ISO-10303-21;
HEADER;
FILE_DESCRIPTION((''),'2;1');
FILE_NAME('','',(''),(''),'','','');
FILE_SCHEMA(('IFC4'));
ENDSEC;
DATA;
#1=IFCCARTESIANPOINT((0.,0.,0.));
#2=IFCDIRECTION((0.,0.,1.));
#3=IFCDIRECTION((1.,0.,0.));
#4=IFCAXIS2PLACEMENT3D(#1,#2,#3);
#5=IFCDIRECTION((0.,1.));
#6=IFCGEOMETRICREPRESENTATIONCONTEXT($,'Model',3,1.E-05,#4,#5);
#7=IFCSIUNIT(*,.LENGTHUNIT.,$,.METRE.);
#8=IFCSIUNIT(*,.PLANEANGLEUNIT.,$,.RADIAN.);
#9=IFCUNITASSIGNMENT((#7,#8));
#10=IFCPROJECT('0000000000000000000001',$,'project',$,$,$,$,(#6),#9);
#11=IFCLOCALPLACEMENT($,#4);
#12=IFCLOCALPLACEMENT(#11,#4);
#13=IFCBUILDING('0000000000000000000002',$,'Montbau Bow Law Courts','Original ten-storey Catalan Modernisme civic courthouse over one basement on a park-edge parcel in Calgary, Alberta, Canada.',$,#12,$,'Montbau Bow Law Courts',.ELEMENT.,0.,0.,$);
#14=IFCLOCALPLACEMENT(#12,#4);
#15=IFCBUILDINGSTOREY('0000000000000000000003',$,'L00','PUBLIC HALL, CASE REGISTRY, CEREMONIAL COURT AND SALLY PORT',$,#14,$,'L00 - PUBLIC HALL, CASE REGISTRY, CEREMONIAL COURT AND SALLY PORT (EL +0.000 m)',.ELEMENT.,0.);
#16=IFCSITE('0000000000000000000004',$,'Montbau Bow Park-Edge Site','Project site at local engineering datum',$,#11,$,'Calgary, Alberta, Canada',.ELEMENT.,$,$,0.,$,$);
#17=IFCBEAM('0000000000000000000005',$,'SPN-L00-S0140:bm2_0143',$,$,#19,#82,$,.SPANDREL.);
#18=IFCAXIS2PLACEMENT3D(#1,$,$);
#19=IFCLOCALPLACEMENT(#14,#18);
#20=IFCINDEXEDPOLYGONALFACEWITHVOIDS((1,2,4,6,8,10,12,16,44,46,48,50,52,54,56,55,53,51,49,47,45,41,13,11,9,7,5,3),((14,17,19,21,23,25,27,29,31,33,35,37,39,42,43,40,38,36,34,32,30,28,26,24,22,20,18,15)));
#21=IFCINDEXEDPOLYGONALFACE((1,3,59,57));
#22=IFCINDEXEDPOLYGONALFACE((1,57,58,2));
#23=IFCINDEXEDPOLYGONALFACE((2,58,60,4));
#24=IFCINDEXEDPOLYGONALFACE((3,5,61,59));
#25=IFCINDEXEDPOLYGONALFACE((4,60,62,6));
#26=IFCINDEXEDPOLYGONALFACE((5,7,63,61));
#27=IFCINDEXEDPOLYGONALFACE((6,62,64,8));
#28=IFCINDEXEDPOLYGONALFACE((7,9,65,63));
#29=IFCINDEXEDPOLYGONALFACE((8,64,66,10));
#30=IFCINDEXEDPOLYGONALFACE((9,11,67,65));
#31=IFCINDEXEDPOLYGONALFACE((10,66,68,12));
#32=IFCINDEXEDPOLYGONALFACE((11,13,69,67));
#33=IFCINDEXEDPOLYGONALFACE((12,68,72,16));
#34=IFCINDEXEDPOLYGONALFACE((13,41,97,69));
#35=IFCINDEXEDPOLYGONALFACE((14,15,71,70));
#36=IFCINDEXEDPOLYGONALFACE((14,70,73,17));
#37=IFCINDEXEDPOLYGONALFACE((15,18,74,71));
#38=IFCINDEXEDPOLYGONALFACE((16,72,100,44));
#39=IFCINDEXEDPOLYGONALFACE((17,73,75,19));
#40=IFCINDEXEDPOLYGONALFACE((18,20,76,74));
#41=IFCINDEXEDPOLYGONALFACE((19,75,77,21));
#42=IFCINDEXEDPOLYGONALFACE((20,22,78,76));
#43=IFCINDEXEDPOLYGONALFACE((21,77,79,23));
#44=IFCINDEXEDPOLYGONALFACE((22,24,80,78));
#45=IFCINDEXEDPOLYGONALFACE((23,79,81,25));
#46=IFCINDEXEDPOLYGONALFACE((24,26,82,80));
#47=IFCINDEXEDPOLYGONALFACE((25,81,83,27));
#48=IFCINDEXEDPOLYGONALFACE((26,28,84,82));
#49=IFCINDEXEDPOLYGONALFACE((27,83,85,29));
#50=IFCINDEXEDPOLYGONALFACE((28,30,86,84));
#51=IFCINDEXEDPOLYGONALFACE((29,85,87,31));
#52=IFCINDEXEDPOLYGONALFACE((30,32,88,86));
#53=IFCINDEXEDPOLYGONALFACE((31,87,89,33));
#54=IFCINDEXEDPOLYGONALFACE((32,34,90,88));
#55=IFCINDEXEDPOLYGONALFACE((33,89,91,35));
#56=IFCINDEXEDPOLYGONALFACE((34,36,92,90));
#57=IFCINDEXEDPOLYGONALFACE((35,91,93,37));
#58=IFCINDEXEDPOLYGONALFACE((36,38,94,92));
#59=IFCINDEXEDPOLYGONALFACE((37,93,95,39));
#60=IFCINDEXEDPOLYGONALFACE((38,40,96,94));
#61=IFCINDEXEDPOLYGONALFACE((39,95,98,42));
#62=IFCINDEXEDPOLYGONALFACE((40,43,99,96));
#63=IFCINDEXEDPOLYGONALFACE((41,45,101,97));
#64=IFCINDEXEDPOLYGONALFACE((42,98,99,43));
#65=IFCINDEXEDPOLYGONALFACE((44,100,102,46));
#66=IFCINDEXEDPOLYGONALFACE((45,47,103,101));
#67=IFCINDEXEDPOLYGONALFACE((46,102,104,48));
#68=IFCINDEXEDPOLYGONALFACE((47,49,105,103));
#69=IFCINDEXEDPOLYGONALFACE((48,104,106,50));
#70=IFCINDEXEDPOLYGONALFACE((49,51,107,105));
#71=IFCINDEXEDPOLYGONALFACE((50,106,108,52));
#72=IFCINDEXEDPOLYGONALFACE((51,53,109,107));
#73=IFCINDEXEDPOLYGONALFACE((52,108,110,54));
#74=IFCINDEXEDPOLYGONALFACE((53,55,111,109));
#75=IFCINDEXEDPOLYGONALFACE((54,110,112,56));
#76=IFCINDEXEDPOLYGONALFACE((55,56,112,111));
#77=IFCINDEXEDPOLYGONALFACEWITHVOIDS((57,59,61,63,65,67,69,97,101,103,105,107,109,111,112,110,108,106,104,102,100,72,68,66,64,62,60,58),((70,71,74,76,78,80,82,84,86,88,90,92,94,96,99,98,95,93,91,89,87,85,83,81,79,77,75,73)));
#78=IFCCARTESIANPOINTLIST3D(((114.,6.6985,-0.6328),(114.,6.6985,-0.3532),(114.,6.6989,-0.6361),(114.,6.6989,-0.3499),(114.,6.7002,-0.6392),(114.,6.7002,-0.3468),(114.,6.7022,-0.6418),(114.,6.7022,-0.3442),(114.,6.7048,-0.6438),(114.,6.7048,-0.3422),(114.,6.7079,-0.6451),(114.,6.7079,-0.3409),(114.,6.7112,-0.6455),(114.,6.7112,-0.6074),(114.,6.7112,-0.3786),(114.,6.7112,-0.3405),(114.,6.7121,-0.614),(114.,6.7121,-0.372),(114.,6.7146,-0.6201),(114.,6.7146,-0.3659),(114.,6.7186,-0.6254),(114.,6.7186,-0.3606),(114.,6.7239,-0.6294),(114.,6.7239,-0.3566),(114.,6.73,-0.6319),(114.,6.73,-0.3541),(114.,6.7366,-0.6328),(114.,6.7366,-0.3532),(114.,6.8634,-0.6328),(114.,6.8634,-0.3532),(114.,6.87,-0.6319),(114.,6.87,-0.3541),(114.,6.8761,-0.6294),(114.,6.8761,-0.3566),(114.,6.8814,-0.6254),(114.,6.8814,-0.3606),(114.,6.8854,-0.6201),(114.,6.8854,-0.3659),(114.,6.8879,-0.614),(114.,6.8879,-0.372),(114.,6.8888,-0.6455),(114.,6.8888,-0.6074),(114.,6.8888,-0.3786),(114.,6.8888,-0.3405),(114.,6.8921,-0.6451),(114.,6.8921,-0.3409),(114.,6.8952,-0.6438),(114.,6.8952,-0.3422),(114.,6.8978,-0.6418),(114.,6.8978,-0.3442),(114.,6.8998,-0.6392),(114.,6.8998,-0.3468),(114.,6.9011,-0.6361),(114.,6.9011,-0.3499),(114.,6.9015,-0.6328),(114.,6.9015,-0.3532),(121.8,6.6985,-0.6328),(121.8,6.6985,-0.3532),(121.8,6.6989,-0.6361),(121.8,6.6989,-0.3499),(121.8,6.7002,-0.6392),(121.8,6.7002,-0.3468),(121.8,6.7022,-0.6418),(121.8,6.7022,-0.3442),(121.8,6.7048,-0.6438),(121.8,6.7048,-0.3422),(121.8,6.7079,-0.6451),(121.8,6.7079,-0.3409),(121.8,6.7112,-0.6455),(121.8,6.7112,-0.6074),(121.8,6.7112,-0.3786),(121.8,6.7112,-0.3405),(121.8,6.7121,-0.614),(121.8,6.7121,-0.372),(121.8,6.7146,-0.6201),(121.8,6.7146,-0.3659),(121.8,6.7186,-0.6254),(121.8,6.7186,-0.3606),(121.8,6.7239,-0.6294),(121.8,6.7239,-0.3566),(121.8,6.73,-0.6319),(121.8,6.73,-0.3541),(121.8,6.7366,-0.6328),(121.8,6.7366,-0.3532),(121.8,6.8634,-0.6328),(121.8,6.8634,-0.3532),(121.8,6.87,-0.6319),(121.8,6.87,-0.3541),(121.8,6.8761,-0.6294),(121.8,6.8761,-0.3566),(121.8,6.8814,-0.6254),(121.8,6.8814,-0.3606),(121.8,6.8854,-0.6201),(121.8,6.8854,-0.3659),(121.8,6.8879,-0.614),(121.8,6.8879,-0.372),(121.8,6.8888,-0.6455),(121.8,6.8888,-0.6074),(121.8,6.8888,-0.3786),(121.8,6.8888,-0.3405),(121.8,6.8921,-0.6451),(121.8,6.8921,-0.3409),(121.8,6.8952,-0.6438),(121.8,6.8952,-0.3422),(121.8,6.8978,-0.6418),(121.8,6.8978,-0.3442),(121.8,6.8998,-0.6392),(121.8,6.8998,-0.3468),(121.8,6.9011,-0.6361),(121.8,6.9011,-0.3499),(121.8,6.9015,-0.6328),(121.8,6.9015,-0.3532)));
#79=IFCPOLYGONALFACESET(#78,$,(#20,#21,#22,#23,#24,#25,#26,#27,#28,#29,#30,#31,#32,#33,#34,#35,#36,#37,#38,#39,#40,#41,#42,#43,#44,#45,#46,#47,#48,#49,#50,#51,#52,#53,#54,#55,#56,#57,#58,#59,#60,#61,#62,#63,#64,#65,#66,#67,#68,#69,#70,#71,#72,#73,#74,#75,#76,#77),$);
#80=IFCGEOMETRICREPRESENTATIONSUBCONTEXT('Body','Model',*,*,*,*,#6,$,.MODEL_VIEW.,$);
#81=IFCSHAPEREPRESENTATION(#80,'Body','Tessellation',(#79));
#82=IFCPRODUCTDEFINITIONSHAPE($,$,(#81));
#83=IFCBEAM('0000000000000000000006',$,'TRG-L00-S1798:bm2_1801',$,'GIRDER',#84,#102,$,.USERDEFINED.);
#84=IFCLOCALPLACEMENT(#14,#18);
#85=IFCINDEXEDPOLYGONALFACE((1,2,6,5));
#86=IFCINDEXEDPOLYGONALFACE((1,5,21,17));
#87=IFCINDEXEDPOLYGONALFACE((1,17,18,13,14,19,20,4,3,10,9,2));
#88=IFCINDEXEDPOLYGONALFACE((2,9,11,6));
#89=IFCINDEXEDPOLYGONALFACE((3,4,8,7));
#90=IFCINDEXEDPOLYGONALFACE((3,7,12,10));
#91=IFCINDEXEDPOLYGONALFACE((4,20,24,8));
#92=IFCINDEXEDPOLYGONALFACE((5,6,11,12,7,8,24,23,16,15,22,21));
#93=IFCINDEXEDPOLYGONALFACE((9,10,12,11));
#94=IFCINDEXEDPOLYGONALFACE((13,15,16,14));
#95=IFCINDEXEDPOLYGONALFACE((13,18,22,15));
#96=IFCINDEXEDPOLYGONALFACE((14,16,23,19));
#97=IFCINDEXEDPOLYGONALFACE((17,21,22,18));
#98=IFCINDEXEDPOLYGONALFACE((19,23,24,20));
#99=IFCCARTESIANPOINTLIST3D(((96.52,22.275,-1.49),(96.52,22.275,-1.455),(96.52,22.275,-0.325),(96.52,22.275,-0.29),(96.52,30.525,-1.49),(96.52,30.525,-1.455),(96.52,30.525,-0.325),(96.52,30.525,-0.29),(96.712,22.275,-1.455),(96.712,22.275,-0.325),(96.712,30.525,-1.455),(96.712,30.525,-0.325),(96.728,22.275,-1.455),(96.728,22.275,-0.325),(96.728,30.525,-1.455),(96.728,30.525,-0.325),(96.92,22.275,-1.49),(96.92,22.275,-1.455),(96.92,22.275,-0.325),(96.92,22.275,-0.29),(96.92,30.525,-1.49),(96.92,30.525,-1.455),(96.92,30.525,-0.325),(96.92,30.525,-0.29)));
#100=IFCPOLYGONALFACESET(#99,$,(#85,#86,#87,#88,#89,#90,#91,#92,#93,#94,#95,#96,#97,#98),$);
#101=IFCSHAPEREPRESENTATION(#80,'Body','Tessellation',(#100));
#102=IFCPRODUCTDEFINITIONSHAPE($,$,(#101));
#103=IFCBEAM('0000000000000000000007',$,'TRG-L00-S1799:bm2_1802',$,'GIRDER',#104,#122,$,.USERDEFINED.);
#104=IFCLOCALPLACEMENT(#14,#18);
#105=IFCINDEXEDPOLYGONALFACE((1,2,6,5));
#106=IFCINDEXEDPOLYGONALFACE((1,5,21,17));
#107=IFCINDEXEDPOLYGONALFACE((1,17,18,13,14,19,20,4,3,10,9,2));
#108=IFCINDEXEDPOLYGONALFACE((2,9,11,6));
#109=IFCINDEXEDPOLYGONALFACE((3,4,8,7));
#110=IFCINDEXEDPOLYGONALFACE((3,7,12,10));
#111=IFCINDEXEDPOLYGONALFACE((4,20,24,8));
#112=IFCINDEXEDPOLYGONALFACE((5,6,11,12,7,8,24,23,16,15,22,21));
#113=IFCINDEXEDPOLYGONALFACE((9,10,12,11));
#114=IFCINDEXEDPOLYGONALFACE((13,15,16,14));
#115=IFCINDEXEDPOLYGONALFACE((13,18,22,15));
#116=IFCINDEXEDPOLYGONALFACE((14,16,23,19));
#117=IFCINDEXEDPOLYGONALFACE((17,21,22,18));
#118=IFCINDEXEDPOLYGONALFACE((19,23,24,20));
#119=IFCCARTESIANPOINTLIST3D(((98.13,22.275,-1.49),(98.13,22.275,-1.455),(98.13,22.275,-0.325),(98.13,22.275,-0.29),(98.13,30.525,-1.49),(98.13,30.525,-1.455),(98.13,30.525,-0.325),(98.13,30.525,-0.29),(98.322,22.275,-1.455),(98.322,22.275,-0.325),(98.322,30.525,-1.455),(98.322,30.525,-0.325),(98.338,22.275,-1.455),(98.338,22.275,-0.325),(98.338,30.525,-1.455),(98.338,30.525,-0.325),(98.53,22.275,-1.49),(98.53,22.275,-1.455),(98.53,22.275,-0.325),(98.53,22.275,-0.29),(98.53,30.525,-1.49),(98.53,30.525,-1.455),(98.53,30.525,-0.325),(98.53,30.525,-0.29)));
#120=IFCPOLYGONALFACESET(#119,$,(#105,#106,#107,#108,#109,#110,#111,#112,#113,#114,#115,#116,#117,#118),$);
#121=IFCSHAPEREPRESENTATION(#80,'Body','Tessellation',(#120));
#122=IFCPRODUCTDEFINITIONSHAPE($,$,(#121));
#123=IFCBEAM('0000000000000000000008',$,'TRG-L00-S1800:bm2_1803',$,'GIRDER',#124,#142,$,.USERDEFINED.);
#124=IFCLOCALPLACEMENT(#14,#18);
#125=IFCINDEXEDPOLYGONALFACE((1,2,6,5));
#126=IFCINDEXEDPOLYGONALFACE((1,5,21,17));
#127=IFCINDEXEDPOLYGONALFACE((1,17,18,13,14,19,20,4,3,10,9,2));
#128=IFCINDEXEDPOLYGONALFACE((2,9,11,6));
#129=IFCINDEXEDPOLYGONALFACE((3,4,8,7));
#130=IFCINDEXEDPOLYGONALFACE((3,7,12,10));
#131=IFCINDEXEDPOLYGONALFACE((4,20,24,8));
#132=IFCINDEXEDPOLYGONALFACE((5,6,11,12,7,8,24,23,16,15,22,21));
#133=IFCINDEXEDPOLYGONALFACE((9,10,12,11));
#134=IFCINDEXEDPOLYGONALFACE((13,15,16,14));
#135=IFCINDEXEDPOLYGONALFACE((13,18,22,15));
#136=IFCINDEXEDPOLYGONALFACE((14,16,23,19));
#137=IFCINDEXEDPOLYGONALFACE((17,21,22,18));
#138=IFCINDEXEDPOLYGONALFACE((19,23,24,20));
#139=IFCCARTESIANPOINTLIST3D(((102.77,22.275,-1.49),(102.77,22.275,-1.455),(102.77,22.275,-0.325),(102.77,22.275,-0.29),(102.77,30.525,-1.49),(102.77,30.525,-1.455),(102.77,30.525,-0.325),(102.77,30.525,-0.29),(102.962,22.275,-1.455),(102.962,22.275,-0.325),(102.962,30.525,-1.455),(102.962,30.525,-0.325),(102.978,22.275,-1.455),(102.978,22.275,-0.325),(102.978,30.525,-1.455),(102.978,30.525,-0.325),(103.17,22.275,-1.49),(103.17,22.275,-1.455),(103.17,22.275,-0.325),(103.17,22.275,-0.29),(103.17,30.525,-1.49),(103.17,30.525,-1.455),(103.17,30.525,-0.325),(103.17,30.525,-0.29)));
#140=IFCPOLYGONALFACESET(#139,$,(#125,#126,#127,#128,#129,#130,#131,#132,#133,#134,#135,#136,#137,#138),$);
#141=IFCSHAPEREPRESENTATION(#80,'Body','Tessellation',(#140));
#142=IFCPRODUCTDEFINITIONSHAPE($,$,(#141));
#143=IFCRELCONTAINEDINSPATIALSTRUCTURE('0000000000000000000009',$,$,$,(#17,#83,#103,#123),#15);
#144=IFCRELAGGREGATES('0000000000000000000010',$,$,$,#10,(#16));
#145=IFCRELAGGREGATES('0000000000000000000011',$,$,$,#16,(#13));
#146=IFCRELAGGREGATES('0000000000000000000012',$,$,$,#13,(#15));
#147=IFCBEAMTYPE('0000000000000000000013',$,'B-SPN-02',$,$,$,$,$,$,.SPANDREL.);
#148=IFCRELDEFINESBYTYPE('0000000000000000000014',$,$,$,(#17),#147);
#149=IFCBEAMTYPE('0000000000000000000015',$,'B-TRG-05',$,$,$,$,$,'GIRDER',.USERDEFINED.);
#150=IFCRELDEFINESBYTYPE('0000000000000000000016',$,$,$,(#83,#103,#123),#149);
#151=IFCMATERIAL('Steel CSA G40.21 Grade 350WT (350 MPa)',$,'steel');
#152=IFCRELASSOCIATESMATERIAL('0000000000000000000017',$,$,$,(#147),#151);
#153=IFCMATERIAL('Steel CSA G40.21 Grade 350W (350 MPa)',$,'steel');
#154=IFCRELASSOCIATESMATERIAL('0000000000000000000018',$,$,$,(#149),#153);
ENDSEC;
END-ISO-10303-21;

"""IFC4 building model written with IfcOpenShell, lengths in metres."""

from ifc_helpers import new_model, si_unit, direction, frame, origin_with_axes, origin_2d_with_axis, place, context, subcontext, project, spatial, hollow_rectangle, i_section, extrude, material, material_profile, profile_set, type_object, element, save


model = new_model("IFC4")

# Units and contexts
model_context = context("Model", 3, precision=1e-05, world=origin_with_axes(), true_north=direction((0.0, 1.0)))
body_context = subcontext(model_context, "Body", "Model", "MODEL_VIEW")
ifc_project = project(units=[si_unit("LENGTHUNIT", "METRE"), si_unit("PLANEANGLEUNIT", "RADIAN")], contexts=[model_context])

# Site, building, storey
site_placement = place(None, origin_with_axes())
site = spatial("IfcSite", under=ifc_project, at=site_placement, Name="Montbau Bow Park-Edge Site", Description="Project site at local engineering datum", LongName="Calgary, Alberta, Canada", CompositionType="ELEMENT", RefElevation=0.0)
building_placement = place(site_placement, origin_with_axes())
building = spatial("IfcBuilding", under=site, at=building_placement, Name="Montbau Bow Law Courts", Description="Original ten-storey Catalan Modernisme civic courthouse over one basement on a park-edge parcel in Calgary, Alberta, Canada.", LongName="Montbau Bow Law Courts", CompositionType="ELEMENT", ElevationOfRefHeight=0.0, ElevationOfTerrain=0.0)
storey_placement = place(building_placement, origin_with_axes())
storey = spatial("IfcBuildingStorey", under=building, at=storey_placement, Name="L00", Description="PUBLIC HALL, CASE REGISTRY, CEREMONIAL COURT AND SALLY PORT", LongName="L00 - PUBLIC HALL, CASE REGISTRY, CEREMONIAL COURT AND SALLY PORT (EL +0.000 m)", CompositionType="ELEMENT", Elevation=0.0)

# Beams
ifc_material_1 = material(Name="Steel CSA G40.21 Grade 350W (350 MPa)", Category="steel")
ifc_material_2 = material(Name="Steel CSA G40.21 Grade 350WT (350 MPa)", Category="steel")
ifc_material_profile_1 = material_profile(ifc_material_2, hollow_rectangle(XDim=0.203, YDim=0.305, WallThickness=0.0127, InnerFilletRadius=0.0254, OuterFilletRadius=0.0127, at=origin_2d_with_axis()), Name="HSS305X203X13", Category="Main", Priority=0)
ifc_profile_set_1 = profile_set([ifc_material_profile_1], Name="Steel CSA G40.21 Grade 350WT (350 MPa)")
beam_type_1 = type_object("IfcBeamType", Name="B-SPN-02", PredefinedType="SPANDREL", material=ifc_profile_set_1)
beam_1_placement = place(None, frame((114.0, 6.8, -0.493), z_axis=(1.0, 0.0, 0.0), x_axis=(0.0, 1.0, 0.0)))
element("IfcBeam", 1, at=beam_1_placement, inside=storey, type_object=beam_type_1, Name="SPN-L00-S0140:bm2_0143", PredefinedType="SPANDREL", context=body_context, shape_type="SweptSolid", body=[
    extrude(hollow_rectangle(XDim=0.203, YDim=0.305, WallThickness=0.0127, InnerFilletRadius=0.0254, OuterFilletRadius=0.0127, at=origin_2d_with_axis()), origin_with_axes(), (0.0, 0.0, 1.0), 7.8),
])
ifc_material_profile_2 = material_profile(ifc_material_1, i_section(OverallWidth=0.4, OverallDepth=1.2, WebThickness=0.016, FlangeThickness=0.035, at=origin_2d_with_axis()), Name="WWF1200X302", Category="Main", Priority=0)
ifc_profile_set_2 = profile_set([ifc_material_profile_2], Name="Steel CSA G40.21 Grade 350W (350 MPa)")
beam_type_2 = type_object("IfcBeamType", Name="B-TRG-05", ElementType="GIRDER", PredefinedType="USERDEFINED", material=ifc_profile_set_2)
for number, where, z_axis, x_axis, name in (
    (2, (96.72, 22.275, -0.89), (0.0, 1.0, 0.0), (-1.0, 0.0, 0.0), "TRG-L00-S1798:bm2_1801"),
    (3, (98.33, 22.275, -0.89), (0.0, 1.0, 0.0), (-1.0, 0.0, 0.0), "TRG-L00-S1799:bm2_1802"),
    (4, (102.97, 22.275, -0.89), (0.0, 1.0, 0.0), (-1.0, 0.0, 0.0), "TRG-L00-S1800:bm2_1803"),
):
    element("IfcBeam", number, at=place(None, frame(where, z_axis=z_axis, x_axis=x_axis)), inside=storey, type_object=beam_type_2, Name=name, ObjectType="GIRDER", PredefinedType="USERDEFINED", context=body_context, shape_type="SweptSolid", body=[
        extrude(i_section(OverallWidth=0.4, OverallDepth=1.2, WebThickness=0.016, FlangeThickness=0.035, at=origin_2d_with_axis()), origin_with_axes(), (0.0, 0.0, 1.0), 8.25),
    ])

save(model, "model.ifc")
